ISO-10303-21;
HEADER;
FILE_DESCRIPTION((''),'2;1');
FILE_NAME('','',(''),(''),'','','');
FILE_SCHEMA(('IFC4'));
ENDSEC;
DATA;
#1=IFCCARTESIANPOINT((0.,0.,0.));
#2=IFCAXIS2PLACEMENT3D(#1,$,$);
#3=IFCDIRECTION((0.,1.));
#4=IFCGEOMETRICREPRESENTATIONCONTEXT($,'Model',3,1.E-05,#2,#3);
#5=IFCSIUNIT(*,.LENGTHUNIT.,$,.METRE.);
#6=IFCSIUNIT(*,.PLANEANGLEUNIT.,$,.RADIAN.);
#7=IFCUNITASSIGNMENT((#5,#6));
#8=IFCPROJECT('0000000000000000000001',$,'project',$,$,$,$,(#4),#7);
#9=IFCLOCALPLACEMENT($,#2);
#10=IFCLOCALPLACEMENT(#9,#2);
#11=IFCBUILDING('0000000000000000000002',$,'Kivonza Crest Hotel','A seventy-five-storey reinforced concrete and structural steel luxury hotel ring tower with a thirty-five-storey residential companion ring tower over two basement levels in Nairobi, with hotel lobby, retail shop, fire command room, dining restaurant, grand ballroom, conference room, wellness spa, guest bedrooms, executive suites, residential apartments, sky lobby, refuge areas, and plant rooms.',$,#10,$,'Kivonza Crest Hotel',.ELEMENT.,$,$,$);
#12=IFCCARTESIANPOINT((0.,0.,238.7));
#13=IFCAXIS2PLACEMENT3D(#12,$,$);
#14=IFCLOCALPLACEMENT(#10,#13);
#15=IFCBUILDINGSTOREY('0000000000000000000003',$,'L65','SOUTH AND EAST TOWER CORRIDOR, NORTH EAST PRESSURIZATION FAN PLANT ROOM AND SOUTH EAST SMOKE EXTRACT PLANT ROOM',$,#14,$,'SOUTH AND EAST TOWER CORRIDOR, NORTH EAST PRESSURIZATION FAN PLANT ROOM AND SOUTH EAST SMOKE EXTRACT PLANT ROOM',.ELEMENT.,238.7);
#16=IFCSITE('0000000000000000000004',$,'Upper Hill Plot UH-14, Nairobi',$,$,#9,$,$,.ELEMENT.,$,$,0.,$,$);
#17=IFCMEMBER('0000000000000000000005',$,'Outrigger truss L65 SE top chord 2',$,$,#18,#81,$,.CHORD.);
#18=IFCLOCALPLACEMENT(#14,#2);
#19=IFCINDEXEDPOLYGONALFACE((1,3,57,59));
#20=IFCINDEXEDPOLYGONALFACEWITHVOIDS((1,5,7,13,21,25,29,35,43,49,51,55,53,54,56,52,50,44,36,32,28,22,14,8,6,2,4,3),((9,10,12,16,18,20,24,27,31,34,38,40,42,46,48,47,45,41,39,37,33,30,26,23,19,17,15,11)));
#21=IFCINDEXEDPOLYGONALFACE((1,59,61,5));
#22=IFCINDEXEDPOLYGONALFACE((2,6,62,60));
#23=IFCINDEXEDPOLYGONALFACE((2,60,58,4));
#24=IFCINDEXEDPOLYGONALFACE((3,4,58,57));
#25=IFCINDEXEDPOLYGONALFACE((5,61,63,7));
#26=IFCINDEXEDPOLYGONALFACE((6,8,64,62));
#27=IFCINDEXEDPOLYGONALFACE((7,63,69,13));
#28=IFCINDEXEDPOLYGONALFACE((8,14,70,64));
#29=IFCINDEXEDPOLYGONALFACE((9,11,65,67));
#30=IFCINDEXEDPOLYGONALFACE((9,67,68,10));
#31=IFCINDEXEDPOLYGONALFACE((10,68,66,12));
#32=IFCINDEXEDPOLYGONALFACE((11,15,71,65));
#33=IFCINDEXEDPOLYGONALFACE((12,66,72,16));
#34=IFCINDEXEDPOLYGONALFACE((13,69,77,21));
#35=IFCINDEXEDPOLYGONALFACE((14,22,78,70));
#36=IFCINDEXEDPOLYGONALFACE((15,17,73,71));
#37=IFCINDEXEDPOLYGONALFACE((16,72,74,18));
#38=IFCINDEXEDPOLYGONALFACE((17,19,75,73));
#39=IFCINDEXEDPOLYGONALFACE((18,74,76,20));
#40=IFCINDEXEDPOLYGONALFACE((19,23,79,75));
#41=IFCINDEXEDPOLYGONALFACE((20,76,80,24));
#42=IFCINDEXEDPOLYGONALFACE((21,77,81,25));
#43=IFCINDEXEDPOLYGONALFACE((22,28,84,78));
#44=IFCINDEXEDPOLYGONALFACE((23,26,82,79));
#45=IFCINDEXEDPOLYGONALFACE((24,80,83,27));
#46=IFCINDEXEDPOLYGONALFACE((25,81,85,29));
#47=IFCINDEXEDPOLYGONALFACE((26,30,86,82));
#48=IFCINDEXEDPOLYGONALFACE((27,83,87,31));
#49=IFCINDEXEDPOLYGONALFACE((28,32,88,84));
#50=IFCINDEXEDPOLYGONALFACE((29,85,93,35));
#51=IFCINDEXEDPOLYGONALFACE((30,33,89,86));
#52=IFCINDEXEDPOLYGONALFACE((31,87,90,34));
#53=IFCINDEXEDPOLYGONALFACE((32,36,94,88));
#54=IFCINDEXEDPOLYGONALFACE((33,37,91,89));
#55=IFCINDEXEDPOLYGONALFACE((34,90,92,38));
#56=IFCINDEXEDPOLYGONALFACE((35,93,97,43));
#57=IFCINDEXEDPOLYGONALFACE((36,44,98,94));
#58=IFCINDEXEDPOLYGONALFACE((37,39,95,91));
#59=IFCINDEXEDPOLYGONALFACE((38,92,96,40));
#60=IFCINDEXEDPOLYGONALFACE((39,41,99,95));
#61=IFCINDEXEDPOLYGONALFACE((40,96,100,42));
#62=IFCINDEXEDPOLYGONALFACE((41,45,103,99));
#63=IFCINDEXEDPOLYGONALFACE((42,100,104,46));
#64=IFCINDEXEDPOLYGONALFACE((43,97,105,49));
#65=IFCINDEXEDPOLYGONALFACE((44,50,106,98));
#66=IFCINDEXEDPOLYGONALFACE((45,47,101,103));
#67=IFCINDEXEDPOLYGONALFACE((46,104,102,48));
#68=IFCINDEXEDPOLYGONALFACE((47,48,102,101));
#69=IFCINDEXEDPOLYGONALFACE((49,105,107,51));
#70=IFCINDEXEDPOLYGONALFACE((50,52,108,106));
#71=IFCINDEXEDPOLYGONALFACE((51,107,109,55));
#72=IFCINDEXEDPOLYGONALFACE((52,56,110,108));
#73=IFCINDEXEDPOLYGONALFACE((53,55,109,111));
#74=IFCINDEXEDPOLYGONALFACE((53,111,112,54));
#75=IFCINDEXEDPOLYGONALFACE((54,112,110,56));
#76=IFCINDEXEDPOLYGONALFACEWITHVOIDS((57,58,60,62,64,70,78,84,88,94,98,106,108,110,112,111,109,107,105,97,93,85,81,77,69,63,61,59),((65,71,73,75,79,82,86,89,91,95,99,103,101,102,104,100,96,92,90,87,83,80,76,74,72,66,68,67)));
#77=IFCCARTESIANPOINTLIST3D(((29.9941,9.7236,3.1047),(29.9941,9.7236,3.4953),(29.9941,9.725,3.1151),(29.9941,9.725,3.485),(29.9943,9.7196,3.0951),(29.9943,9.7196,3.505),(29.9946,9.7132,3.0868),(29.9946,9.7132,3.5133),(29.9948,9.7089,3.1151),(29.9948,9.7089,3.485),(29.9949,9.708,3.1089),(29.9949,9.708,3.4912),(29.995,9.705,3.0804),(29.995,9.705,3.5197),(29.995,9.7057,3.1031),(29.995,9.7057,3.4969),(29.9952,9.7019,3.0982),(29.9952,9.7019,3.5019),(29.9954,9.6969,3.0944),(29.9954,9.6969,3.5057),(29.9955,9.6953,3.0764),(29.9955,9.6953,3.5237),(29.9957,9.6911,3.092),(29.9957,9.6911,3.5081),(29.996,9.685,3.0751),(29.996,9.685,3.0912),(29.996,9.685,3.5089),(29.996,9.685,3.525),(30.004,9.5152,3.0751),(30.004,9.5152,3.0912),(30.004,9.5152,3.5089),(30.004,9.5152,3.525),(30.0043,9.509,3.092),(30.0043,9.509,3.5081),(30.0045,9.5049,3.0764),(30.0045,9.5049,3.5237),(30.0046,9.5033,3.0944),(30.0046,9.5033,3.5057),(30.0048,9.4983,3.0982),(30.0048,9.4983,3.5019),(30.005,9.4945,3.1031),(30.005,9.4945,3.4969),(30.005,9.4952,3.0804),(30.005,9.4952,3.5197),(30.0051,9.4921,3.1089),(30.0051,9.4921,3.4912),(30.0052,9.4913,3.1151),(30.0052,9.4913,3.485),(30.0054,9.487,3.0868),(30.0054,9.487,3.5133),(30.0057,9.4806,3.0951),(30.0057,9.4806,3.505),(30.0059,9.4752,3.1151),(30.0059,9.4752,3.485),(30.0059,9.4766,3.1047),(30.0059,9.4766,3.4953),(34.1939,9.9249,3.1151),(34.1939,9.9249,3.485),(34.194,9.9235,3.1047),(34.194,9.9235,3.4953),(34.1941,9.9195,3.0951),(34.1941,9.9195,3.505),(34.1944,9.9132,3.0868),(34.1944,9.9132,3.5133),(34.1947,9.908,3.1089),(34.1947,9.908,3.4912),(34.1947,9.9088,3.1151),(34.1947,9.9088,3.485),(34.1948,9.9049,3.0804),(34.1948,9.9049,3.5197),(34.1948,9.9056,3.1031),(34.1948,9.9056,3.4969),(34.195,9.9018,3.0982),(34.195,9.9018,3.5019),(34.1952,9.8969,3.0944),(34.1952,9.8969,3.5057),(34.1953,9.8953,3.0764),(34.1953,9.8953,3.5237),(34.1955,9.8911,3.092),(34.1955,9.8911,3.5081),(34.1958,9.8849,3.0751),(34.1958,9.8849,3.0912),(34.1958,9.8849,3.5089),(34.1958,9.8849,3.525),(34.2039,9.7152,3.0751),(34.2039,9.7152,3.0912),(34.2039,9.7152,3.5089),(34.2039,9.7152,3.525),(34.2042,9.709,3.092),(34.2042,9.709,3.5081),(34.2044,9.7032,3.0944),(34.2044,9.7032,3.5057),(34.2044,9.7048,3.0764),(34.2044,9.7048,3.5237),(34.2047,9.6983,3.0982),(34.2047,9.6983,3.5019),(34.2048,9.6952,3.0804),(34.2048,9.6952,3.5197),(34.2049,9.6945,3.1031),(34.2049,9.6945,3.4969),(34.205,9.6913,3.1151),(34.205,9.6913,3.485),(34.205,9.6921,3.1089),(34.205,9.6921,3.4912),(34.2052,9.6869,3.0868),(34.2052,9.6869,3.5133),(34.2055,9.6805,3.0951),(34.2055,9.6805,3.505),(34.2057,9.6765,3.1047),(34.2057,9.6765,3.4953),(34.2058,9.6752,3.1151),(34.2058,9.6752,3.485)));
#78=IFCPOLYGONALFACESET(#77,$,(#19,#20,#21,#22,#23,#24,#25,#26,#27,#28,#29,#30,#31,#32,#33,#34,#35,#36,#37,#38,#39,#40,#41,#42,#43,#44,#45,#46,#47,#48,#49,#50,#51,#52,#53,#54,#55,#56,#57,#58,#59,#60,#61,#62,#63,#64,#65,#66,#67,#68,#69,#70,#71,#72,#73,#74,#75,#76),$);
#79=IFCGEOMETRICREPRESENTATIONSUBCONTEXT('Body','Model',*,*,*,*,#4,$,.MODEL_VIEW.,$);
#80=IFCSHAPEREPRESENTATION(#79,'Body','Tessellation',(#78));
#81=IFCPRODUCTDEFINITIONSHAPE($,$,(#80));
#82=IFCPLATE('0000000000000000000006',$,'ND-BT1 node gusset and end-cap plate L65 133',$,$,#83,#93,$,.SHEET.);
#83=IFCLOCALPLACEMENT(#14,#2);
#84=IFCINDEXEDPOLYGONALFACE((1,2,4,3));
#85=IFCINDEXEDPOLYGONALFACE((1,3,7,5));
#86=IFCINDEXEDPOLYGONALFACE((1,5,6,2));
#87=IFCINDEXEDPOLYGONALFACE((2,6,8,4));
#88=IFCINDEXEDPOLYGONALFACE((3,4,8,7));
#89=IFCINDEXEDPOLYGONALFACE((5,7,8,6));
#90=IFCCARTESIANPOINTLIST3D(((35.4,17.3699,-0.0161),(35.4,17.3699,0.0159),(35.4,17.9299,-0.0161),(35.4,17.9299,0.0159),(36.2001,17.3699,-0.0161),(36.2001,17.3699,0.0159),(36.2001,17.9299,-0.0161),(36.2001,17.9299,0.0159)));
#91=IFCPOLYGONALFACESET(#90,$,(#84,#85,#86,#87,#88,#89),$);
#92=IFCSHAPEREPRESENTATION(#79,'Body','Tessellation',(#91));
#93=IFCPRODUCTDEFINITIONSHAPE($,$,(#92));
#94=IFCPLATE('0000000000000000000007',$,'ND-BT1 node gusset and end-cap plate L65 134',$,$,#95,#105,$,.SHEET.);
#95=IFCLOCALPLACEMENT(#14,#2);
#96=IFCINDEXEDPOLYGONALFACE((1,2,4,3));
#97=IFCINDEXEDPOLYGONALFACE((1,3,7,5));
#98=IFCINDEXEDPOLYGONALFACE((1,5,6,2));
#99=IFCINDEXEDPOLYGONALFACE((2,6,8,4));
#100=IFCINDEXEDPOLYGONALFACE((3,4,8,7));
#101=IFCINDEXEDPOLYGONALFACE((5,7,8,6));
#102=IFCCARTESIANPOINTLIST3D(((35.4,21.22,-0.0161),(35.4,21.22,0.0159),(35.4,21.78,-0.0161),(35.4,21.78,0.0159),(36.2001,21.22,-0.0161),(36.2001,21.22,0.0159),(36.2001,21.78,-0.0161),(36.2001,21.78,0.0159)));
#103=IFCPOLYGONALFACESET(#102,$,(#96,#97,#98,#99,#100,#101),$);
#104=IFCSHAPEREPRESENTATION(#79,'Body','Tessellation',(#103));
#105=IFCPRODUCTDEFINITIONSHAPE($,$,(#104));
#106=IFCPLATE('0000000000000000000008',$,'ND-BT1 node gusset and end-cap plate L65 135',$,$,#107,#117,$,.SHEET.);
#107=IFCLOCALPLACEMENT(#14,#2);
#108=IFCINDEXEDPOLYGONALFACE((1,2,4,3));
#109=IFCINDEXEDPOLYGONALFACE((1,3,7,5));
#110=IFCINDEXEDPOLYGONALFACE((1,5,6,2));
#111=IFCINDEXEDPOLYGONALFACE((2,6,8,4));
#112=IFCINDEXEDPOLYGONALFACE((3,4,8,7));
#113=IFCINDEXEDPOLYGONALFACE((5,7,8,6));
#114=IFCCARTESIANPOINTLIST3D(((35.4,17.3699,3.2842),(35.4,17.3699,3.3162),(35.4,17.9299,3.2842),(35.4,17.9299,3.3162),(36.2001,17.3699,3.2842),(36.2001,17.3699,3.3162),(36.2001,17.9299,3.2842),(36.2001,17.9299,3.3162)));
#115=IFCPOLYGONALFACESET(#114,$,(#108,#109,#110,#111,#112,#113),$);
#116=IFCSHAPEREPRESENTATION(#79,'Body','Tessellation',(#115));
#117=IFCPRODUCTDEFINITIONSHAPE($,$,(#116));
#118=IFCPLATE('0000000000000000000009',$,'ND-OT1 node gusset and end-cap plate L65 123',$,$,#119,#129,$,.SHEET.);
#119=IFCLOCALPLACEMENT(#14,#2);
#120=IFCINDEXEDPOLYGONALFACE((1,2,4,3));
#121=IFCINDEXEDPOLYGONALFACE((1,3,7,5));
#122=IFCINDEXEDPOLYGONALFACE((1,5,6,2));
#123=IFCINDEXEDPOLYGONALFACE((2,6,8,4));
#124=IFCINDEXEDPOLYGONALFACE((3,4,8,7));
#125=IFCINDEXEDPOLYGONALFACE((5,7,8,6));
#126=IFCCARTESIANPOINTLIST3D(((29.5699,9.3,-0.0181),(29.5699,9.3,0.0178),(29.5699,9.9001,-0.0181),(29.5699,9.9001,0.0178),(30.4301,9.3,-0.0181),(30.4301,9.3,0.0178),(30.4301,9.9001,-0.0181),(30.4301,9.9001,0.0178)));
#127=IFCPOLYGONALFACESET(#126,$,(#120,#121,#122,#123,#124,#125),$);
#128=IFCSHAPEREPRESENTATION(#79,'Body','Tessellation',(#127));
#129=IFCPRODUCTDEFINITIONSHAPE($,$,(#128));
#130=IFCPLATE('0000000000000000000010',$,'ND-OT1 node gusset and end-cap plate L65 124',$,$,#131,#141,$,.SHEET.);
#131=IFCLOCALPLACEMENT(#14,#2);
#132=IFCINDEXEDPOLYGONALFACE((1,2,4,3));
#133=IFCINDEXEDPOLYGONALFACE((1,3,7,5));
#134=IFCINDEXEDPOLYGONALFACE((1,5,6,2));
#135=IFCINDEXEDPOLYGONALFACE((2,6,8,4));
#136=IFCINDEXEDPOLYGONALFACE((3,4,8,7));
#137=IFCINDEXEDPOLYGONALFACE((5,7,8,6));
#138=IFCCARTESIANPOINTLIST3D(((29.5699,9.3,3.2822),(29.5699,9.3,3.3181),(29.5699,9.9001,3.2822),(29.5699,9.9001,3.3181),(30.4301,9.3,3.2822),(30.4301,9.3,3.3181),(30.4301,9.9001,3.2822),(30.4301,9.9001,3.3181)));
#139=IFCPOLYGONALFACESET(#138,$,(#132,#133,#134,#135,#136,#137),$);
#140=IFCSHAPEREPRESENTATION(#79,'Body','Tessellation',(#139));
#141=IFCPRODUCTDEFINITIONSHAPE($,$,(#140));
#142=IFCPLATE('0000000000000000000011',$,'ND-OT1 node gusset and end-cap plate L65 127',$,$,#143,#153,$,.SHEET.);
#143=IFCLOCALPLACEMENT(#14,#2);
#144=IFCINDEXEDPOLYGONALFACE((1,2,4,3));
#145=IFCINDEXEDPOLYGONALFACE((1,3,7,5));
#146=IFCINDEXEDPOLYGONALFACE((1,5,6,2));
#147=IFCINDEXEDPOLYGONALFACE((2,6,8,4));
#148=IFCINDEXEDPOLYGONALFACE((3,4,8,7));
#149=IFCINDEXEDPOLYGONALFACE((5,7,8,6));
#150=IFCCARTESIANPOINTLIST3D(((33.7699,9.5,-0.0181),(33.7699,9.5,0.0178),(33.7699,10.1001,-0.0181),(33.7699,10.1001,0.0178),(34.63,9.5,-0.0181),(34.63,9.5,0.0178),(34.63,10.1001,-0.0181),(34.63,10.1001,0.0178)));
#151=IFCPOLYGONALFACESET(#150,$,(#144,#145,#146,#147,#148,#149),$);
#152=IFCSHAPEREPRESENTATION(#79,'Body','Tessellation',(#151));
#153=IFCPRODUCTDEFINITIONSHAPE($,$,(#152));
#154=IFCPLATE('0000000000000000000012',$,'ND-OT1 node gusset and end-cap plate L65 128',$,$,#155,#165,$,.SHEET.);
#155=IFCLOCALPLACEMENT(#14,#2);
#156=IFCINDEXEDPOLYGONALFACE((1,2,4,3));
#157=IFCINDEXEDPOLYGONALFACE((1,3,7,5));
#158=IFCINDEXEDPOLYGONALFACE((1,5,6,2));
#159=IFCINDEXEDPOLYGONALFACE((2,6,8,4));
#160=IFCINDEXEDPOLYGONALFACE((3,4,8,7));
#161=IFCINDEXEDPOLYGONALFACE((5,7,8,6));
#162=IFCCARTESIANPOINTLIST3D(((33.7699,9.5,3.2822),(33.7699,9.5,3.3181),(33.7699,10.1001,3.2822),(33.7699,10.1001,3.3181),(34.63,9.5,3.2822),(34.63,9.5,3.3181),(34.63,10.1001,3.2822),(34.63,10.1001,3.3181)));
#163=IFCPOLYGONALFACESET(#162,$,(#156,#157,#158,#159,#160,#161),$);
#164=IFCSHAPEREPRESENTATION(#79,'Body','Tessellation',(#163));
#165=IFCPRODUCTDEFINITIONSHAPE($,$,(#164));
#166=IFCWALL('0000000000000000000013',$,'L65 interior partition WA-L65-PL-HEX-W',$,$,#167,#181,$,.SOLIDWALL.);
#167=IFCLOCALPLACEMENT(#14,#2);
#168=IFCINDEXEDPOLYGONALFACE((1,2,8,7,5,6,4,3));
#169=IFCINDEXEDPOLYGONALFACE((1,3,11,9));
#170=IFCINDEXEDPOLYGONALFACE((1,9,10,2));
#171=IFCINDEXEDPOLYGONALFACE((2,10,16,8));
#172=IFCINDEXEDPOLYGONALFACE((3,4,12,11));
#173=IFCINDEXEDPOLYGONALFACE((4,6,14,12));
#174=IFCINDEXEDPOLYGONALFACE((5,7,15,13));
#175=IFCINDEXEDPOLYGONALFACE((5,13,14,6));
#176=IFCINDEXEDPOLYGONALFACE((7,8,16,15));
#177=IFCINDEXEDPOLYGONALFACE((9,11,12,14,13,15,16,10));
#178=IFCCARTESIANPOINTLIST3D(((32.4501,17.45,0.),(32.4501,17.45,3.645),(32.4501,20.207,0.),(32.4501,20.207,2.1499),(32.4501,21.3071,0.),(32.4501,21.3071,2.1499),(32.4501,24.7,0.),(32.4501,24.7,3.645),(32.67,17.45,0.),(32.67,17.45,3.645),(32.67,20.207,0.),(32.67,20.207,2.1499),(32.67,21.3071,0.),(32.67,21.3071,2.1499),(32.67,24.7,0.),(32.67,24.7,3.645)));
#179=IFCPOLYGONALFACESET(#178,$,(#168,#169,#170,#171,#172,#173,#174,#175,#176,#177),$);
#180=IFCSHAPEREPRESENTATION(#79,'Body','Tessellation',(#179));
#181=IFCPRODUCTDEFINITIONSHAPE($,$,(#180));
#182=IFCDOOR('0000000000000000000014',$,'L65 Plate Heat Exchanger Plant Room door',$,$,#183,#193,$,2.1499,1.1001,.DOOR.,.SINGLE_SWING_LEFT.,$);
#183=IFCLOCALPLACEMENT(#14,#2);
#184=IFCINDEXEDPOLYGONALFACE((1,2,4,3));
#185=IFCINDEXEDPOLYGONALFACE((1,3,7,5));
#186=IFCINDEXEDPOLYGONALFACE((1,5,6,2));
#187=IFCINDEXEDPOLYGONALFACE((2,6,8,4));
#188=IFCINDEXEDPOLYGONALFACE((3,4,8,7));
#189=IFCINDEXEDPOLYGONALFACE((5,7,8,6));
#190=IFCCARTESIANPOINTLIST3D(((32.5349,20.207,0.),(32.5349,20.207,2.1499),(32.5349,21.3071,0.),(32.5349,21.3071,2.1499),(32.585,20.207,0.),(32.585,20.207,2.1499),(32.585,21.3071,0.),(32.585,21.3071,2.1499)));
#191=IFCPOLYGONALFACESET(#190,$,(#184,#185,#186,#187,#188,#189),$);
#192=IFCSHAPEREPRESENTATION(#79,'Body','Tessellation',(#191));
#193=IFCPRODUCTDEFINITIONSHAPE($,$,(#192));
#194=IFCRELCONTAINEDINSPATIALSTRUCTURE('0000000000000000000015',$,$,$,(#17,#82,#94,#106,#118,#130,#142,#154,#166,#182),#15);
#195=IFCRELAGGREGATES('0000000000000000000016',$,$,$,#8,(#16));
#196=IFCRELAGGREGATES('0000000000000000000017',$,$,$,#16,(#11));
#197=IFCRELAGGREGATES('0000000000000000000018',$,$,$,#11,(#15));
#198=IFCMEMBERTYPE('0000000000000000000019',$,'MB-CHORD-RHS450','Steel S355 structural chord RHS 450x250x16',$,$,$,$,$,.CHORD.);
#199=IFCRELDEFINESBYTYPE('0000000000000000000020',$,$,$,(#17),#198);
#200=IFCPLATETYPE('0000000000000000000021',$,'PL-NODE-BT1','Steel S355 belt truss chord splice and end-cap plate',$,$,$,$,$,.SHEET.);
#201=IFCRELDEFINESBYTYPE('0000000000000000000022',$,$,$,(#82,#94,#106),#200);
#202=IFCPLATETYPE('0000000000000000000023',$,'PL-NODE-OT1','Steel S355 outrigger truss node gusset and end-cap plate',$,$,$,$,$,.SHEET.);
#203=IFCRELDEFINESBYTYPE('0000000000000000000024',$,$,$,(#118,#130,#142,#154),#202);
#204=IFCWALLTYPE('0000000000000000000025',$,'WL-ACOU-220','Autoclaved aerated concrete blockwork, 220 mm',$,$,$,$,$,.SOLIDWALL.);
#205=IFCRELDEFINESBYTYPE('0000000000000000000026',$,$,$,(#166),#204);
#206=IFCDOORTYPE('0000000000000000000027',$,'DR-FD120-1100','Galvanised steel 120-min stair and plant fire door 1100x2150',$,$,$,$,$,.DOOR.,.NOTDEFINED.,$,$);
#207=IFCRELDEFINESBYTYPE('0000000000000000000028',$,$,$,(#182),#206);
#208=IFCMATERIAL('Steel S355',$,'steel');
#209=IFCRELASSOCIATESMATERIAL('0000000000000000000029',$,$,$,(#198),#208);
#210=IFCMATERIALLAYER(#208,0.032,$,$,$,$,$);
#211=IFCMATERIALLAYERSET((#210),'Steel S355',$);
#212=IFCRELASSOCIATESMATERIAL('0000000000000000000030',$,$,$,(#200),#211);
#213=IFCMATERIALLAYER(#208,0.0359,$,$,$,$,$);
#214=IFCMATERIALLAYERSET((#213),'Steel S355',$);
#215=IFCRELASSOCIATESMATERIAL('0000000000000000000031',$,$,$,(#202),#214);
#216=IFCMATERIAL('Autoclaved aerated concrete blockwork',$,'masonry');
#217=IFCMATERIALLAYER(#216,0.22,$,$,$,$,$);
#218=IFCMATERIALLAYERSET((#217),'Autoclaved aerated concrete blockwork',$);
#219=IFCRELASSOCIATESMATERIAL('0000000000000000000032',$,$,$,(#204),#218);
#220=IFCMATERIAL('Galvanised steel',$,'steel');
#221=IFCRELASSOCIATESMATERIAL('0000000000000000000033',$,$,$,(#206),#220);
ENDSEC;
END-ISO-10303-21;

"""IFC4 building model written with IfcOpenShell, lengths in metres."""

from ifc_helpers import new_model, si_unit, direction, frame, frame_2d, origin, origin_2d, place, context, subcontext, project, spatial, rectangle, hollow_rectangle, extrude, material, layer, layer_set, material_profile, profile_set, type_object, element, fill, save


model = new_model("IFC4")

# Units and contexts
model_context = context("Model", 3, precision=1e-05, world=origin(), true_north=direction((0.0, 1.0)))
body_context = subcontext(model_context, "Body", "Model", "MODEL_VIEW")
ifc_project = project(units=[si_unit("LENGTHUNIT", "METRE"), si_unit("PLANEANGLEUNIT", "RADIAN")], contexts=[model_context])

# Site, building, storey
site_placement = place(None, origin())
site = spatial("IfcSite", under=ifc_project, at=site_placement, Name="Upper Hill Plot UH-14, Nairobi", CompositionType="ELEMENT", RefElevation=0.0)
building_placement = place(site_placement, origin())
building = spatial("IfcBuilding", under=site, at=building_placement, Name="Kivonza Crest Hotel", Description="A seventy-five-storey reinforced concrete and structural steel luxury hotel ring tower with a thirty-five-storey residential companion ring tower over two basement levels in Nairobi, with hotel lobby, retail shop, fire command room, dining restaurant, grand ballroom, conference room, wellness spa, guest bedrooms, executive suites, residential apartments, sky lobby, refuge areas, and plant rooms.", LongName="Kivonza Crest Hotel", CompositionType="ELEMENT")
storey_placement = place(building_placement, frame((0.0, 0.0, 238.7)))
storey = spatial("IfcBuildingStorey", under=building, at=storey_placement, Name="L65", Description="SOUTH AND EAST TOWER CORRIDOR, NORTH EAST PRESSURIZATION FAN PLANT ROOM AND SOUTH EAST SMOKE EXTRACT PLANT ROOM", LongName="SOUTH AND EAST TOWER CORRIDOR, NORTH EAST PRESSURIZATION FAN PLANT ROOM AND SOUTH EAST SMOKE EXTRACT PLANT ROOM", CompositionType="ELEMENT", Elevation=238.7)

# Shared definitions
ifc_material_1 = material(Name="Steel S355", Category="steel")

# Member
ifc_material_profile_1 = material_profile(ifc_material_1, hollow_rectangle(XDim=0.25, YDim=0.45, WallThickness=0.0161, InnerFilletRadius=0.0239, OuterFilletRadius=0.04, at=origin_2d()), Name="RHS 450x250x16")
ifc_profile_set_1 = profile_set([ifc_material_profile_1], Name="Steel S355")
member_type_1 = type_object("IfcMemberType", Name="MB-CHORD-RHS450", Description="Steel S355 structural chord RHS 450x250x16", PredefinedType="CHORD", material=ifc_profile_set_1)
for number, where, z_axis, x_axis, name in (
    (1, (30.0, 9.6001, 3.3), (0.998869, 0.047554, 0.0), (-0.047554, 0.998869, 0.0), "Outrigger truss L65 SE top chord 2"),
):
    element("IfcMember", number, at=place(storey_placement, frame(where, z_axis=z_axis, x_axis=x_axis)), inside=storey, type_object=member_type_1, Name=name, PredefinedType="CHORD", context=body_context, shape_type="SweptSolid", body=[
        extrude(hollow_rectangle(XDim=0.25, YDim=0.45, WallThickness=0.0161, InnerFilletRadius=0.0239, OuterFilletRadius=0.04, at=origin_2d()), origin(), (0.0, 0.0, 1.0), 4.2046),
    ])

# Plates
ifc_layer_1 = layer(ifc_material_1, 0.032)
ifc_layer_set_1 = layer_set([ifc_layer_1], Name="Steel S355")
plate_type_1 = type_object("IfcPlateType", Name="PL-NODE-BT1", Description="Steel S355 belt truss chord splice and end-cap plate", PredefinedType="SHEET", material=ifc_layer_set_1)
for number, where, z_axis, x_axis, name in (
    (2, (35.8, 17.6499, -0.0161), (0.0, 0.0, 1.0), (1.0, 0.0, 0.0), "ND-BT1 node gusset and end-cap plate L65 133"),
    (3, (35.8, 21.5, -0.0161), (0.0, 0.0, 1.0), (1.0, 0.0, 0.0), "ND-BT1 node gusset and end-cap plate L65 134"),
    (4, (35.8, 17.6499, 3.2842), (0.0, 0.0, 1.0), (1.0, 0.0, 0.0), "ND-BT1 node gusset and end-cap plate L65 135"),
):
    element("IfcPlate", number, at=place(storey_placement, frame(where, z_axis=z_axis, x_axis=x_axis)), inside=storey, type_object=plate_type_1, Name=name, PredefinedType="SHEET", context=body_context, shape_type="SweptSolid", body=[
        extrude(rectangle(XDim=0.8, YDim=0.5601, at=origin_2d()), origin(), (0.0, 0.0, 1.0), 0.032),
    ])
ifc_layer_2 = layer(ifc_material_1, 0.0359)
ifc_layer_set_2 = layer_set([ifc_layer_2], Name="Steel S355")
plate_type_2 = type_object("IfcPlateType", Name="PL-NODE-OT1", Description="Steel S355 outrigger truss node gusset and end-cap plate", PredefinedType="SHEET", material=ifc_layer_set_2)
for number, where, z_axis, x_axis, name in (
    (5, (30.0, 9.6001, -0.0181), (0.0, 0.0, 1.0), (1.0, 0.0, 0.0), "ND-OT1 node gusset and end-cap plate L65 123"),
    (6, (30.0, 9.6001, 3.2822), (0.0, 0.0, 1.0), (1.0, 0.0, 0.0), "ND-OT1 node gusset and end-cap plate L65 124"),
    (7, (34.2, 9.8, -0.0181), (0.0, 0.0, 1.0), (1.0, 0.0, 0.0), "ND-OT1 node gusset and end-cap plate L65 127"),
    (8, (34.2, 9.8, 3.2822), (0.0, 0.0, 1.0), (1.0, 0.0, 0.0), "ND-OT1 node gusset and end-cap plate L65 128"),
):
    element("IfcPlate", number, at=place(storey_placement, frame(where, z_axis=z_axis, x_axis=x_axis)), inside=storey, type_object=plate_type_2, Name=name, PredefinedType="SHEET", context=body_context, shape_type="SweptSolid", body=[
        extrude(rectangle(XDim=0.8601, YDim=0.6001, at=origin_2d()), origin(), (0.0, 0.0, 1.0), 0.0359),
    ])

# Wall, opening, door
ifc_material_2 = material(Name="Autoclaved aerated concrete blockwork", Category="masonry")
ifc_layer_3 = layer(ifc_material_2, 0.22)
ifc_layer_set_3 = layer_set([ifc_layer_3], Name="Autoclaved aerated concrete blockwork")
wall_type_1 = type_object("IfcWallType", Name="WL-ACOU-220", Description="Autoclaved aerated concrete blockwork, 220 mm", PredefinedType="SOLIDWALL", material=ifc_layer_set_3)
wall_1_placement = place(storey_placement, frame((32.5601, 17.45, 0.0), z_axis=(0.0, 0.0, 1.0), x_axis=(0.0, 1.0, 0.0)))
wall_1 = element("IfcWall", 9, at=wall_1_placement, inside=storey, type_object=wall_type_1, Name="L65 interior partition WA-L65-PL-HEX-W", PredefinedType="SOLIDWALL", context=body_context, shape_type="SweptSolid", body=[
    extrude(rectangle(XDim=7.25, YDim=0.22, at=frame_2d((3.625, 0.0))), origin(), (0.0, 0.0, 1.0), 3.645),
])
opening_1_placement = place(wall_1_placement, frame((2.7571, 0.0, 0.0)))
opening_1 = element("IfcOpeningElement", 10, at=opening_1_placement, cuts=wall_1, PredefinedType="OPENING", context=body_context, shape_type="SweptSolid", body=[
    extrude(rectangle(XDim=1.1001, YDim=2.1499, at=frame_2d((0.55, 1.075))), frame((0.0, 0.1201, 0.0), z_axis=(0.0, -1.0, 0.0), x_axis=(1.0, 0.0, 0.0)), (0.0, 0.0, 1.0), 0.24),
])
ifc_material_3 = material(Name="Galvanised steel", Category="steel")
door_type = type_object("IfcDoorType", Name="DR-FD120-1100", Description="Galvanised steel 120-min stair and plant fire door 1100x2150", OperationType="NOTDEFINED", PredefinedType="DOOR", material=ifc_material_3)
door_1_placement = place(opening_1_placement, frame((1.1001, 0.0, 0.0), z_axis=(0.0, 0.0, 1.0), x_axis=(-1.0, 0.0, 0.0)))
door_1 = element("IfcDoor", 11, at=door_1_placement, inside=storey, type_object=door_type, Name="L65 Plate Heat Exchanger Plant Room door", OperationType="SINGLE_SWING_LEFT", OverallHeight=2.1499, OverallWidth=1.1001, PredefinedType="DOOR", context=body_context, shape_type="SweptSolid", body=[
    extrude(rectangle(XDim=1.1001, YDim=2.1499, at=frame_2d((0.55, 1.075))), frame((0.0, 0.0249, 0.0), z_axis=(0.0, -1.0, 0.0), x_axis=(1.0, 0.0, 0.0)), (0.0, 0.0, 1.0), 0.05),
])
fill(opening_1, door_1)

save(model, "model.ifc")
